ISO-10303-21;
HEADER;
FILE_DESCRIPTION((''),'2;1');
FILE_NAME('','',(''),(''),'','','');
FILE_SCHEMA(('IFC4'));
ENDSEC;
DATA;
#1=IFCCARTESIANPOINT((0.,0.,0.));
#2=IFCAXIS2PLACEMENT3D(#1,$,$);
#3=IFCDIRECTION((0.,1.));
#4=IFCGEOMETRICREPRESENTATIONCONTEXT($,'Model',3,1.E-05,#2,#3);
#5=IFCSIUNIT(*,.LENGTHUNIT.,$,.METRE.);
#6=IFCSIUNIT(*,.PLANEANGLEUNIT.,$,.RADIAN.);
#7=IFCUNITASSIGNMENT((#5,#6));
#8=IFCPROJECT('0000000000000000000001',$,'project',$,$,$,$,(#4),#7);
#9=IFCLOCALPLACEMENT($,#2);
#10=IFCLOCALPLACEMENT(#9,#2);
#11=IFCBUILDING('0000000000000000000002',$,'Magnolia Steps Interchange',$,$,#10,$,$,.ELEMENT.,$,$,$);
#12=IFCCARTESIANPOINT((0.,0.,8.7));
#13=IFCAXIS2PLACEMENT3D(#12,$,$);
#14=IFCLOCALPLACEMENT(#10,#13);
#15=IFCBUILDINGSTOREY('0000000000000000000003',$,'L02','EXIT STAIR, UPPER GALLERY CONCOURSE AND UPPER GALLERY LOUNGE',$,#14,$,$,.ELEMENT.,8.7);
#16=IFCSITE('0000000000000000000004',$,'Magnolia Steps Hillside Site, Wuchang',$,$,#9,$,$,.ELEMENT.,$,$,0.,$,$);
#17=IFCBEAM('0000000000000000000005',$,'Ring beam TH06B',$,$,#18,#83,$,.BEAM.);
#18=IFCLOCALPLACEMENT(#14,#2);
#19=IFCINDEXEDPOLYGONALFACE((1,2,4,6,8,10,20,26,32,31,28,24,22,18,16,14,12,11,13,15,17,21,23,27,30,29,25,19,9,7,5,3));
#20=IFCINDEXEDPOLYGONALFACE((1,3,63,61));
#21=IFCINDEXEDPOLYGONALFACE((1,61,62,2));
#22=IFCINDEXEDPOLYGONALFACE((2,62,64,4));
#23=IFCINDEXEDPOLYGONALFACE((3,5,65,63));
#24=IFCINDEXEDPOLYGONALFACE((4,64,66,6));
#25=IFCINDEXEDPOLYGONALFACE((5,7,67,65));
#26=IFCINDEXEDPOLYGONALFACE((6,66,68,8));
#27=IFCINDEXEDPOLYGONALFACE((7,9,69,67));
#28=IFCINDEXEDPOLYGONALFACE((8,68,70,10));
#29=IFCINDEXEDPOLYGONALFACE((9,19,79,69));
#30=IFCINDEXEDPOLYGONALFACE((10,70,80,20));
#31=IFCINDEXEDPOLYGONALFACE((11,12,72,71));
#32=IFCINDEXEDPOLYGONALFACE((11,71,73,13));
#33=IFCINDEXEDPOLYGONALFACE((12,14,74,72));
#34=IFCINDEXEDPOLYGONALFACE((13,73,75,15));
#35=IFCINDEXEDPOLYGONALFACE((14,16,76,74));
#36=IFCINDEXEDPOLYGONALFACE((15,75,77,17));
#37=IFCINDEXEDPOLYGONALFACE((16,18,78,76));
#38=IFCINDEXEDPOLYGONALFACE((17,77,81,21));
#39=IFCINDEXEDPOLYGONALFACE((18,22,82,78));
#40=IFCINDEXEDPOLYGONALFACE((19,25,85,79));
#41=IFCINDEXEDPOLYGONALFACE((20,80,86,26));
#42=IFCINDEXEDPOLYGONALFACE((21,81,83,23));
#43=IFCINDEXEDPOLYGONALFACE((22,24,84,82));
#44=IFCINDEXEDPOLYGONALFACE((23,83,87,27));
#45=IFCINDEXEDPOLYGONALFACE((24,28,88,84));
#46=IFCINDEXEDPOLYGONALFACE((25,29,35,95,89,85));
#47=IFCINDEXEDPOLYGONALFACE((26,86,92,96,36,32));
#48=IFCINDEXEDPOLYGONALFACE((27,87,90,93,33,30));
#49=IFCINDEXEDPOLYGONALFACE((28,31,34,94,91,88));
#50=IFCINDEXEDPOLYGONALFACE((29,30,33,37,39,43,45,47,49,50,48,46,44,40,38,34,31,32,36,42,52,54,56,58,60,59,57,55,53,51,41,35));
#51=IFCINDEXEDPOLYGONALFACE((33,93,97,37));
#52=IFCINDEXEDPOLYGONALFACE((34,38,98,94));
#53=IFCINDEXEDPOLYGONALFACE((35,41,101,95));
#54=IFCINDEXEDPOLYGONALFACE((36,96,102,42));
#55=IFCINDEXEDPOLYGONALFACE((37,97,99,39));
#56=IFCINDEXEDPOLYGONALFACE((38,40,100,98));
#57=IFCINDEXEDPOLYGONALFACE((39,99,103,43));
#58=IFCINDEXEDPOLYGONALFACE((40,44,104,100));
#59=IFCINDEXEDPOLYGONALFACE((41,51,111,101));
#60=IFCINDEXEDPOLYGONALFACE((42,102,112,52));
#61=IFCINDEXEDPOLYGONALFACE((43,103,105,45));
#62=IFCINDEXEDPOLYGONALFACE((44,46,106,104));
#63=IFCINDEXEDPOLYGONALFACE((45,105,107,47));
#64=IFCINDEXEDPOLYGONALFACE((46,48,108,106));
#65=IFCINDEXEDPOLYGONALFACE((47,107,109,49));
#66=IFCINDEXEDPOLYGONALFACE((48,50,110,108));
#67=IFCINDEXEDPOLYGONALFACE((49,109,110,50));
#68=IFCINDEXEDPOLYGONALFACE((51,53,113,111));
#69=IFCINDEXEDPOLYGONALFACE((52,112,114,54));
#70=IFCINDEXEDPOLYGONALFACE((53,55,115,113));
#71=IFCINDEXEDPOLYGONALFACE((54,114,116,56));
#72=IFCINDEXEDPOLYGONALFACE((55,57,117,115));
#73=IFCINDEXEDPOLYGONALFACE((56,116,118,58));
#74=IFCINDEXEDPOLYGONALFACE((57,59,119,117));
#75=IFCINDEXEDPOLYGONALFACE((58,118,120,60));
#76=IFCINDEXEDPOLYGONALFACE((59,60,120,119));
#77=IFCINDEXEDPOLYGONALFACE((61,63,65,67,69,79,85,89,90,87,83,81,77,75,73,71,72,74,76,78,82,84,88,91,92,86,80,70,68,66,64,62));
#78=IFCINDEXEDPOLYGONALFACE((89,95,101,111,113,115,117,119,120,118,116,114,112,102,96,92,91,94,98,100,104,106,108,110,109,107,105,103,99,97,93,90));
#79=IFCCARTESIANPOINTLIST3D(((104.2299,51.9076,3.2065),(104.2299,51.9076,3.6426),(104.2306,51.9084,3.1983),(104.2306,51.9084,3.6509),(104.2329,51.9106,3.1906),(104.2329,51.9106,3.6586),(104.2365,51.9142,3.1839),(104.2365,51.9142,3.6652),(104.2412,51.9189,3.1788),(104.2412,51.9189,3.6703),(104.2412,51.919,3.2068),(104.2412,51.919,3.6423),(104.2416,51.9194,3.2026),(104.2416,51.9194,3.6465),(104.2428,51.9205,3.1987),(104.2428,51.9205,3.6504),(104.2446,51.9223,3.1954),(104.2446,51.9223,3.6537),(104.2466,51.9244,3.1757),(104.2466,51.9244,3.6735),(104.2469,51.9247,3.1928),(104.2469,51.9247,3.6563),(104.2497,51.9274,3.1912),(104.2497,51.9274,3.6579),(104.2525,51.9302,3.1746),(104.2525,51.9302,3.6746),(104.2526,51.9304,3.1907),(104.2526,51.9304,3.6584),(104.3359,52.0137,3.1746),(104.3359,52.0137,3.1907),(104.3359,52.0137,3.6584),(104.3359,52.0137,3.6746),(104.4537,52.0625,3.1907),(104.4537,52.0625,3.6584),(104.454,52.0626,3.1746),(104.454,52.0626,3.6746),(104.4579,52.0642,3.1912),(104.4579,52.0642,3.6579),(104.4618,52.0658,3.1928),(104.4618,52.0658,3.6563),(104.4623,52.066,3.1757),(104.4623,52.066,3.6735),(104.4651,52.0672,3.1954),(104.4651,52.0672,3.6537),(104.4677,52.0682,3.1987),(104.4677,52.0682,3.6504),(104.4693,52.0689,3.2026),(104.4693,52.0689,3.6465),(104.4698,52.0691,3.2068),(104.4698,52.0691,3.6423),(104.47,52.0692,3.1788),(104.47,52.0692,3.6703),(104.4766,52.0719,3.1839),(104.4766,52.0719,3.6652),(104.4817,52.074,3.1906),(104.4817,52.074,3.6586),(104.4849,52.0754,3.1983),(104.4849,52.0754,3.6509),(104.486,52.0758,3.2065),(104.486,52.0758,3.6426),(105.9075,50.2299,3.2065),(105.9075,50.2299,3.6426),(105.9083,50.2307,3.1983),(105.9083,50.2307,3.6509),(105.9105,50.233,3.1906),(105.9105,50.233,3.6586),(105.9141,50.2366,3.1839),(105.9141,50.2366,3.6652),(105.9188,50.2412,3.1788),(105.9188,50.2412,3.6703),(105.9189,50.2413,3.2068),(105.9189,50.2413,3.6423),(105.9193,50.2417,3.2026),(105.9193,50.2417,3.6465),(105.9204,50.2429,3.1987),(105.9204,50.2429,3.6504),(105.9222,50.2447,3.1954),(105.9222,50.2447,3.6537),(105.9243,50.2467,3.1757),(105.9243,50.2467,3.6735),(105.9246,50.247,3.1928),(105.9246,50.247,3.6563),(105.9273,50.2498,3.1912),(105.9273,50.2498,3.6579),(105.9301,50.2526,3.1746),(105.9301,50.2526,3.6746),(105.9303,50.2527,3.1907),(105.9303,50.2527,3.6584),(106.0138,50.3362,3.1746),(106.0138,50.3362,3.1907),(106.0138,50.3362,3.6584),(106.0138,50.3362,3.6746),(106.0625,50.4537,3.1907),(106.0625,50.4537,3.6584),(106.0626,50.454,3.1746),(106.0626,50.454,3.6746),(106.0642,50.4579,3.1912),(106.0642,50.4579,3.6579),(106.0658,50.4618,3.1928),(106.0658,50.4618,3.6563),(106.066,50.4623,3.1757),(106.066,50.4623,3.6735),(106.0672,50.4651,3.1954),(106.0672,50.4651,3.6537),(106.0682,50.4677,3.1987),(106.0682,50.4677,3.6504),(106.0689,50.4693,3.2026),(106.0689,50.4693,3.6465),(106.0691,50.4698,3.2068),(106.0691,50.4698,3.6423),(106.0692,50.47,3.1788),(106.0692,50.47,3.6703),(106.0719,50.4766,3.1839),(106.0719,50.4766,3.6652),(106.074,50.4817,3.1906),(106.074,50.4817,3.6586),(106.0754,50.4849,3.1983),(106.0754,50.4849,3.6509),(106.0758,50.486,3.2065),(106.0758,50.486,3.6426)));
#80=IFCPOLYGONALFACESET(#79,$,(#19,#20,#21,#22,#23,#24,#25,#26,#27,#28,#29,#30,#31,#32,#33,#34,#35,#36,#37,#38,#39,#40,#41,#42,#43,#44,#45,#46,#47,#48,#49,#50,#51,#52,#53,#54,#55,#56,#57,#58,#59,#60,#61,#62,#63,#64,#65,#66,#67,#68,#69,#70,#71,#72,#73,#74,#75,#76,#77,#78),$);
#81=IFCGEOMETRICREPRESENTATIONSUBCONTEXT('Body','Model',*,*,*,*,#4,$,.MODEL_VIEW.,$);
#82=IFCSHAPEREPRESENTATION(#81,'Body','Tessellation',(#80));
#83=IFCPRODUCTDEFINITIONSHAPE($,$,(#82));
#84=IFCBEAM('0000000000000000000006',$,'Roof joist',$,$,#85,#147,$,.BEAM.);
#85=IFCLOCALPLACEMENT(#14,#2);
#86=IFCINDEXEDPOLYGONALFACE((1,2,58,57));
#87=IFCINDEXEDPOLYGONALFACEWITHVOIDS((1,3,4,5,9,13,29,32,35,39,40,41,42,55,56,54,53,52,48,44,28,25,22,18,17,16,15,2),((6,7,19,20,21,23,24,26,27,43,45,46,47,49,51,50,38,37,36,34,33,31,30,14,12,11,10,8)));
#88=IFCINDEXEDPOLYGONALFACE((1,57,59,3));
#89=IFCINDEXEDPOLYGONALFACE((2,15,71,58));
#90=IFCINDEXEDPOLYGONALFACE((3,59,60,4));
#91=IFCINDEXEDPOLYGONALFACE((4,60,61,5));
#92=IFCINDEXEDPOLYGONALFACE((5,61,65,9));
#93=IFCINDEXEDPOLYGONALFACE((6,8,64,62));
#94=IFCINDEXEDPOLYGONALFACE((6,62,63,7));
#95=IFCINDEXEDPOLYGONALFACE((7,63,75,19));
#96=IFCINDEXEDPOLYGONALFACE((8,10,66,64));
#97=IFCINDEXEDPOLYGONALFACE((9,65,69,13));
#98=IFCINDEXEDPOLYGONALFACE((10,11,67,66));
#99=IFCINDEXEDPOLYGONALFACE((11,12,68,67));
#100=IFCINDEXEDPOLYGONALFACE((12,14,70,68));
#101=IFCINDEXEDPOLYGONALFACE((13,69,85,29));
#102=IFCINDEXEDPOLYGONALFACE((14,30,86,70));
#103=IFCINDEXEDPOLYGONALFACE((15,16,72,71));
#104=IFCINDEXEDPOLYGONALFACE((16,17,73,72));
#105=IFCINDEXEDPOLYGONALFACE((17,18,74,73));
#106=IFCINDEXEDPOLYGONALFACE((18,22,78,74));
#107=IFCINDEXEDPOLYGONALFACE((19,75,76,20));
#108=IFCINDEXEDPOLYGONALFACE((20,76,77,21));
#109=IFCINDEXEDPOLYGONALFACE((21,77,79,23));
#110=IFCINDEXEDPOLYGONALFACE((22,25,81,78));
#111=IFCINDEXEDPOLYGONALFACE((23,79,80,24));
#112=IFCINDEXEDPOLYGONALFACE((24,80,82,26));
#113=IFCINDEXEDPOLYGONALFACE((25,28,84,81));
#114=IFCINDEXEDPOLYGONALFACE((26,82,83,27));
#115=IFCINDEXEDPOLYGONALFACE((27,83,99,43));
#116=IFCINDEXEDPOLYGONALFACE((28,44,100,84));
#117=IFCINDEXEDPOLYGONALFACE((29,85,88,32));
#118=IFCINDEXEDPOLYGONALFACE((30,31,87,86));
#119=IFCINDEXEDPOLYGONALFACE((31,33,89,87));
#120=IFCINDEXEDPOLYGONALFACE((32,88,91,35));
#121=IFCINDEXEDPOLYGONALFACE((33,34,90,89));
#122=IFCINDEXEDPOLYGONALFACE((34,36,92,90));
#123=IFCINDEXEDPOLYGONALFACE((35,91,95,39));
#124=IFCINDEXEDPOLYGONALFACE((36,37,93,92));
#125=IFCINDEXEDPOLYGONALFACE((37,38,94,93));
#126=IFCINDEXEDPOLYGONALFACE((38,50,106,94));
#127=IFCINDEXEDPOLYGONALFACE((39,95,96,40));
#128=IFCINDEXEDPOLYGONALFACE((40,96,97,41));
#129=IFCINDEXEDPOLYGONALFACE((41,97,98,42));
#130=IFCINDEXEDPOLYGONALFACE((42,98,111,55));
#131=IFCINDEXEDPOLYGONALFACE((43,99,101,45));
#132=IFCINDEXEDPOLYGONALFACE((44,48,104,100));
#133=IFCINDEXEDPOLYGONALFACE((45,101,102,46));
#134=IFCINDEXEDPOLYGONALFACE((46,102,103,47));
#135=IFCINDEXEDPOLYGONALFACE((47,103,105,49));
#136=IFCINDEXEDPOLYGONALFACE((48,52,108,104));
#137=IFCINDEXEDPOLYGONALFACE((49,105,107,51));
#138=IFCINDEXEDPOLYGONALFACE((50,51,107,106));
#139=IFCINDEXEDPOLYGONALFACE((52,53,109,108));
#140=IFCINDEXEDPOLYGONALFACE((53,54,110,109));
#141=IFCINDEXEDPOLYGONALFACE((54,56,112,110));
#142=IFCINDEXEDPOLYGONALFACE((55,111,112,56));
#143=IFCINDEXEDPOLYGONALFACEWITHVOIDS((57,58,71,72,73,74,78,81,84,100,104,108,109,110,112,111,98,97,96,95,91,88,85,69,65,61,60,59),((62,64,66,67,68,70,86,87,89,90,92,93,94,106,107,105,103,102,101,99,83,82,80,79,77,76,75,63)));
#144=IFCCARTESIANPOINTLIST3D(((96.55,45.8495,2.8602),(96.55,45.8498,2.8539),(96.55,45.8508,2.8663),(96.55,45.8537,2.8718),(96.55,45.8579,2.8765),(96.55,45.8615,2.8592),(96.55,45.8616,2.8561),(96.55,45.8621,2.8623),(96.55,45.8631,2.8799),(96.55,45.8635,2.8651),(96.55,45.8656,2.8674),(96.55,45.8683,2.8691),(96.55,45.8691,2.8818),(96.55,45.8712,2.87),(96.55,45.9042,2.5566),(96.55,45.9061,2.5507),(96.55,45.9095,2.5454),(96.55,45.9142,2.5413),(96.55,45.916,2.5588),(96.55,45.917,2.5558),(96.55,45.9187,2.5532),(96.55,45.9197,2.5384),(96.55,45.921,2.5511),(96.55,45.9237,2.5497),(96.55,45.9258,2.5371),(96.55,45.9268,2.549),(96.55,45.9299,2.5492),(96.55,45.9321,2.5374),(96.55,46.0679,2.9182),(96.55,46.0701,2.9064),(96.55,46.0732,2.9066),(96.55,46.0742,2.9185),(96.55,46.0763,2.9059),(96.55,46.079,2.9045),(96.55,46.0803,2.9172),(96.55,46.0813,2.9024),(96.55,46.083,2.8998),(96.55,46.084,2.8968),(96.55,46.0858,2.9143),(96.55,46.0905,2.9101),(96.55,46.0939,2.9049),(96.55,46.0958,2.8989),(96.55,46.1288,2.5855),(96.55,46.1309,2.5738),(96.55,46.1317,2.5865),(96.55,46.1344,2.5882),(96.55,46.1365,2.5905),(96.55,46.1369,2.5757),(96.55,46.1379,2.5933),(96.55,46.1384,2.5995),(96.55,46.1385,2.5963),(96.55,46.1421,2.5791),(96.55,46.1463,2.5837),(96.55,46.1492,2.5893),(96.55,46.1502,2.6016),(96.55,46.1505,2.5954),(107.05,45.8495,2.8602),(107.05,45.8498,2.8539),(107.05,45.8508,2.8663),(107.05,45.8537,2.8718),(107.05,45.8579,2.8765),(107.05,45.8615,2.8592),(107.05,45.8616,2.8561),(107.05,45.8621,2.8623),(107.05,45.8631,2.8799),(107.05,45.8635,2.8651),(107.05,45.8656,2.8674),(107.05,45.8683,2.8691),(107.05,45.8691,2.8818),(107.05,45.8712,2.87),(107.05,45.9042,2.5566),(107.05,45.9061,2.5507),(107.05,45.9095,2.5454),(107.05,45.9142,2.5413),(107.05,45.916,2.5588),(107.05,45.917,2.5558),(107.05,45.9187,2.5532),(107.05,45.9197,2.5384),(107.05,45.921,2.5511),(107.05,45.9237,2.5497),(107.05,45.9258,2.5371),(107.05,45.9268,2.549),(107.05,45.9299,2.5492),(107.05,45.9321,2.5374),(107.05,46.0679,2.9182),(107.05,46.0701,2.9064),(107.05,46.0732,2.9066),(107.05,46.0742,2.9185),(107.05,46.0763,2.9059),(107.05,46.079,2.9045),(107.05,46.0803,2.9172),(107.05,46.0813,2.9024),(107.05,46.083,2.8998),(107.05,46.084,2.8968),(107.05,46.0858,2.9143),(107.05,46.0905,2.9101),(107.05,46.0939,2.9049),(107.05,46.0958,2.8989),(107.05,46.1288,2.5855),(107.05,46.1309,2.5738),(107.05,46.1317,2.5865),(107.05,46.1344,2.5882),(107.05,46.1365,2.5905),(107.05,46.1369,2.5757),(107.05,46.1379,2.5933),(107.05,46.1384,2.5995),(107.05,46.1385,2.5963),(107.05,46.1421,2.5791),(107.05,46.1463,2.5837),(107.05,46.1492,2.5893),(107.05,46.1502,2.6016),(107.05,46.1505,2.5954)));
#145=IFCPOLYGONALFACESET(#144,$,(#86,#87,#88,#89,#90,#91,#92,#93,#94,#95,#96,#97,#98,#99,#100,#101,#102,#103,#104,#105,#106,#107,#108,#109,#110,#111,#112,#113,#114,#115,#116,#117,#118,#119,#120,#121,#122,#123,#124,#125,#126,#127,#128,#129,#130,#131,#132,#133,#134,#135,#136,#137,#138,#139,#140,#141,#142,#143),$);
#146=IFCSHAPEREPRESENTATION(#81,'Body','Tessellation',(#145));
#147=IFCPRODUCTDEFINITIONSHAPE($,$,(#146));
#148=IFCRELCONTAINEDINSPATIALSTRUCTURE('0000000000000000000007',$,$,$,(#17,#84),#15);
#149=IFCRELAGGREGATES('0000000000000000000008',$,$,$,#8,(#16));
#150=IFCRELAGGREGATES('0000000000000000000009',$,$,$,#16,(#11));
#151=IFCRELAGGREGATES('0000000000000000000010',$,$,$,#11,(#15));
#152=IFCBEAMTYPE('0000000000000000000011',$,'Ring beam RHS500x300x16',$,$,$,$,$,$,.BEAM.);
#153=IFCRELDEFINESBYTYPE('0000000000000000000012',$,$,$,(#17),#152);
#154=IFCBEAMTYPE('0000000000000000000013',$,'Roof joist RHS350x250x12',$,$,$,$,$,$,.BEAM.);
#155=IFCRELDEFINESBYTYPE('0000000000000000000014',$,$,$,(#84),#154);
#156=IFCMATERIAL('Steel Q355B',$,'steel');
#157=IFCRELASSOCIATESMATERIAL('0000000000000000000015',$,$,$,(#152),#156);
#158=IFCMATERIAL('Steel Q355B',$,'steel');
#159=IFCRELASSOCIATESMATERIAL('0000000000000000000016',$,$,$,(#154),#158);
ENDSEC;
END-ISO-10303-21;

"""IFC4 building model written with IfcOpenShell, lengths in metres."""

from ifc_helpers import new_model, si_unit, direction, frame, origin, origin_2d, place, context, subcontext, project, spatial, hollow_rectangle, extrude, clip, halfspace, material, material_profile, profile_set, type_object, element, save


model = new_model("IFC4")

# Units and contexts
model_context = context("Model", 3, precision=1e-05, world=origin(), true_north=direction((0.0, 1.0)))
body_context = subcontext(model_context, "Body", "Model", "MODEL_VIEW")
ifc_project = project(units=[si_unit("LENGTHUNIT", "METRE"), si_unit("PLANEANGLEUNIT", "RADIAN")], contexts=[model_context])

# Site, building, storey
site_placement = place(None, origin())
site = spatial("IfcSite", under=ifc_project, at=site_placement, Name="Magnolia Steps Hillside Site, Wuchang", CompositionType="ELEMENT", RefElevation=0.0)
building_placement = place(site_placement, origin())
building = spatial("IfcBuilding", under=site, at=building_placement, Name="Magnolia Steps Interchange", CompositionType="ELEMENT")
storey_placement = place(building_placement, frame((0.0, 0.0, 8.7)))
storey = spatial("IfcBuildingStorey", under=building, at=storey_placement, Name="L02", Description="EXIT STAIR, UPPER GALLERY CONCOURSE AND UPPER GALLERY LOUNGE", CompositionType="ELEMENT", Elevation=8.7)

# Beams
ifc_material_1 = material(Name="Steel Q355B", Category="steel")
ifc_material_profile_1 = material_profile(ifc_material_1, hollow_rectangle(XDim=0.3, YDim=0.5, WallThickness=0.0161, InnerFilletRadius=0.0161, OuterFilletRadius=0.032, at=origin_2d()), Name="RHS500x300x16")
ifc_profile_set_1 = profile_set([ifc_material_profile_1], Name="Steel Q355B")
beam_type_1 = type_object("IfcBeamType", Name="Ring beam RHS500x300x16", PredefinedType="BEAM", material=ifc_profile_set_1)
beam_1_placement = place(storey_placement, frame((104.3359, 52.0137, 3.4246), z_axis=(0.707107, -0.707107, 0.0), x_axis=(0.707107, 0.707107, 0.0)))
element("IfcBeam", 1, at=beam_1_placement, inside=storey, type_object=beam_type_1, Name="Ring beam TH06B", PredefinedType="BEAM", context=body_context, shape_type="Clipping", body=[
    clip(clip(extrude(hollow_rectangle(XDim=0.3, YDim=0.5, WallThickness=0.0161, InnerFilletRadius=0.0161, OuterFilletRadius=0.032, at=origin_2d()), origin(), (0.0, 0.0, 1.0), 2.3726), halfspace(frame((0.0, 0.0, 0.0), z_axis=(0.382683, 0.0, -0.92388), x_axis=(0.92388, 0.0, 0.382683)), False)), halfspace(frame((0.0, 0.0, 2.3727), z_axis=(0.382683, 0.0, 0.92388), x_axis=(0.92388, 0.0, -0.382683)), False)),
])
ifc_material_2 = material(Name="Steel Q355B", Category="steel")
ifc_material_profile_2 = material_profile(ifc_material_2, hollow_rectangle(XDim=0.25, YDim=0.3501, WallThickness=0.012, InnerFilletRadius=0.012, OuterFilletRadius=0.0239, at=origin_2d()), Name="RHS350x250x12")
ifc_profile_set_2 = profile_set([ifc_material_profile_2], Name="Steel Q355B")
beam_type_2 = type_object("IfcBeamType", Name="Roof joist RHS350x250x12", PredefinedType="BEAM", material=ifc_profile_set_2)
for number, where, z_axis, x_axis, name in (
    (2, (96.55, 46.0, 2.7278), (1.0, 0.0, 0.0), (0.0, 0.983677, 0.179941), "Roof joist"),
):
    element("IfcBeam", number, at=place(storey_placement, frame(where, z_axis=z_axis, x_axis=x_axis)), inside=storey, type_object=beam_type_2, Name=name, PredefinedType="BEAM", context=body_context, shape_type="SweptSolid", body=[
        extrude(hollow_rectangle(XDim=0.25, YDim=0.3501, WallThickness=0.012, InnerFilletRadius=0.012, OuterFilletRadius=0.0239, at=origin_2d()), origin(), (0.0, 0.0, 1.0), 10.5),
    ])

save(model, "model.ifc")
